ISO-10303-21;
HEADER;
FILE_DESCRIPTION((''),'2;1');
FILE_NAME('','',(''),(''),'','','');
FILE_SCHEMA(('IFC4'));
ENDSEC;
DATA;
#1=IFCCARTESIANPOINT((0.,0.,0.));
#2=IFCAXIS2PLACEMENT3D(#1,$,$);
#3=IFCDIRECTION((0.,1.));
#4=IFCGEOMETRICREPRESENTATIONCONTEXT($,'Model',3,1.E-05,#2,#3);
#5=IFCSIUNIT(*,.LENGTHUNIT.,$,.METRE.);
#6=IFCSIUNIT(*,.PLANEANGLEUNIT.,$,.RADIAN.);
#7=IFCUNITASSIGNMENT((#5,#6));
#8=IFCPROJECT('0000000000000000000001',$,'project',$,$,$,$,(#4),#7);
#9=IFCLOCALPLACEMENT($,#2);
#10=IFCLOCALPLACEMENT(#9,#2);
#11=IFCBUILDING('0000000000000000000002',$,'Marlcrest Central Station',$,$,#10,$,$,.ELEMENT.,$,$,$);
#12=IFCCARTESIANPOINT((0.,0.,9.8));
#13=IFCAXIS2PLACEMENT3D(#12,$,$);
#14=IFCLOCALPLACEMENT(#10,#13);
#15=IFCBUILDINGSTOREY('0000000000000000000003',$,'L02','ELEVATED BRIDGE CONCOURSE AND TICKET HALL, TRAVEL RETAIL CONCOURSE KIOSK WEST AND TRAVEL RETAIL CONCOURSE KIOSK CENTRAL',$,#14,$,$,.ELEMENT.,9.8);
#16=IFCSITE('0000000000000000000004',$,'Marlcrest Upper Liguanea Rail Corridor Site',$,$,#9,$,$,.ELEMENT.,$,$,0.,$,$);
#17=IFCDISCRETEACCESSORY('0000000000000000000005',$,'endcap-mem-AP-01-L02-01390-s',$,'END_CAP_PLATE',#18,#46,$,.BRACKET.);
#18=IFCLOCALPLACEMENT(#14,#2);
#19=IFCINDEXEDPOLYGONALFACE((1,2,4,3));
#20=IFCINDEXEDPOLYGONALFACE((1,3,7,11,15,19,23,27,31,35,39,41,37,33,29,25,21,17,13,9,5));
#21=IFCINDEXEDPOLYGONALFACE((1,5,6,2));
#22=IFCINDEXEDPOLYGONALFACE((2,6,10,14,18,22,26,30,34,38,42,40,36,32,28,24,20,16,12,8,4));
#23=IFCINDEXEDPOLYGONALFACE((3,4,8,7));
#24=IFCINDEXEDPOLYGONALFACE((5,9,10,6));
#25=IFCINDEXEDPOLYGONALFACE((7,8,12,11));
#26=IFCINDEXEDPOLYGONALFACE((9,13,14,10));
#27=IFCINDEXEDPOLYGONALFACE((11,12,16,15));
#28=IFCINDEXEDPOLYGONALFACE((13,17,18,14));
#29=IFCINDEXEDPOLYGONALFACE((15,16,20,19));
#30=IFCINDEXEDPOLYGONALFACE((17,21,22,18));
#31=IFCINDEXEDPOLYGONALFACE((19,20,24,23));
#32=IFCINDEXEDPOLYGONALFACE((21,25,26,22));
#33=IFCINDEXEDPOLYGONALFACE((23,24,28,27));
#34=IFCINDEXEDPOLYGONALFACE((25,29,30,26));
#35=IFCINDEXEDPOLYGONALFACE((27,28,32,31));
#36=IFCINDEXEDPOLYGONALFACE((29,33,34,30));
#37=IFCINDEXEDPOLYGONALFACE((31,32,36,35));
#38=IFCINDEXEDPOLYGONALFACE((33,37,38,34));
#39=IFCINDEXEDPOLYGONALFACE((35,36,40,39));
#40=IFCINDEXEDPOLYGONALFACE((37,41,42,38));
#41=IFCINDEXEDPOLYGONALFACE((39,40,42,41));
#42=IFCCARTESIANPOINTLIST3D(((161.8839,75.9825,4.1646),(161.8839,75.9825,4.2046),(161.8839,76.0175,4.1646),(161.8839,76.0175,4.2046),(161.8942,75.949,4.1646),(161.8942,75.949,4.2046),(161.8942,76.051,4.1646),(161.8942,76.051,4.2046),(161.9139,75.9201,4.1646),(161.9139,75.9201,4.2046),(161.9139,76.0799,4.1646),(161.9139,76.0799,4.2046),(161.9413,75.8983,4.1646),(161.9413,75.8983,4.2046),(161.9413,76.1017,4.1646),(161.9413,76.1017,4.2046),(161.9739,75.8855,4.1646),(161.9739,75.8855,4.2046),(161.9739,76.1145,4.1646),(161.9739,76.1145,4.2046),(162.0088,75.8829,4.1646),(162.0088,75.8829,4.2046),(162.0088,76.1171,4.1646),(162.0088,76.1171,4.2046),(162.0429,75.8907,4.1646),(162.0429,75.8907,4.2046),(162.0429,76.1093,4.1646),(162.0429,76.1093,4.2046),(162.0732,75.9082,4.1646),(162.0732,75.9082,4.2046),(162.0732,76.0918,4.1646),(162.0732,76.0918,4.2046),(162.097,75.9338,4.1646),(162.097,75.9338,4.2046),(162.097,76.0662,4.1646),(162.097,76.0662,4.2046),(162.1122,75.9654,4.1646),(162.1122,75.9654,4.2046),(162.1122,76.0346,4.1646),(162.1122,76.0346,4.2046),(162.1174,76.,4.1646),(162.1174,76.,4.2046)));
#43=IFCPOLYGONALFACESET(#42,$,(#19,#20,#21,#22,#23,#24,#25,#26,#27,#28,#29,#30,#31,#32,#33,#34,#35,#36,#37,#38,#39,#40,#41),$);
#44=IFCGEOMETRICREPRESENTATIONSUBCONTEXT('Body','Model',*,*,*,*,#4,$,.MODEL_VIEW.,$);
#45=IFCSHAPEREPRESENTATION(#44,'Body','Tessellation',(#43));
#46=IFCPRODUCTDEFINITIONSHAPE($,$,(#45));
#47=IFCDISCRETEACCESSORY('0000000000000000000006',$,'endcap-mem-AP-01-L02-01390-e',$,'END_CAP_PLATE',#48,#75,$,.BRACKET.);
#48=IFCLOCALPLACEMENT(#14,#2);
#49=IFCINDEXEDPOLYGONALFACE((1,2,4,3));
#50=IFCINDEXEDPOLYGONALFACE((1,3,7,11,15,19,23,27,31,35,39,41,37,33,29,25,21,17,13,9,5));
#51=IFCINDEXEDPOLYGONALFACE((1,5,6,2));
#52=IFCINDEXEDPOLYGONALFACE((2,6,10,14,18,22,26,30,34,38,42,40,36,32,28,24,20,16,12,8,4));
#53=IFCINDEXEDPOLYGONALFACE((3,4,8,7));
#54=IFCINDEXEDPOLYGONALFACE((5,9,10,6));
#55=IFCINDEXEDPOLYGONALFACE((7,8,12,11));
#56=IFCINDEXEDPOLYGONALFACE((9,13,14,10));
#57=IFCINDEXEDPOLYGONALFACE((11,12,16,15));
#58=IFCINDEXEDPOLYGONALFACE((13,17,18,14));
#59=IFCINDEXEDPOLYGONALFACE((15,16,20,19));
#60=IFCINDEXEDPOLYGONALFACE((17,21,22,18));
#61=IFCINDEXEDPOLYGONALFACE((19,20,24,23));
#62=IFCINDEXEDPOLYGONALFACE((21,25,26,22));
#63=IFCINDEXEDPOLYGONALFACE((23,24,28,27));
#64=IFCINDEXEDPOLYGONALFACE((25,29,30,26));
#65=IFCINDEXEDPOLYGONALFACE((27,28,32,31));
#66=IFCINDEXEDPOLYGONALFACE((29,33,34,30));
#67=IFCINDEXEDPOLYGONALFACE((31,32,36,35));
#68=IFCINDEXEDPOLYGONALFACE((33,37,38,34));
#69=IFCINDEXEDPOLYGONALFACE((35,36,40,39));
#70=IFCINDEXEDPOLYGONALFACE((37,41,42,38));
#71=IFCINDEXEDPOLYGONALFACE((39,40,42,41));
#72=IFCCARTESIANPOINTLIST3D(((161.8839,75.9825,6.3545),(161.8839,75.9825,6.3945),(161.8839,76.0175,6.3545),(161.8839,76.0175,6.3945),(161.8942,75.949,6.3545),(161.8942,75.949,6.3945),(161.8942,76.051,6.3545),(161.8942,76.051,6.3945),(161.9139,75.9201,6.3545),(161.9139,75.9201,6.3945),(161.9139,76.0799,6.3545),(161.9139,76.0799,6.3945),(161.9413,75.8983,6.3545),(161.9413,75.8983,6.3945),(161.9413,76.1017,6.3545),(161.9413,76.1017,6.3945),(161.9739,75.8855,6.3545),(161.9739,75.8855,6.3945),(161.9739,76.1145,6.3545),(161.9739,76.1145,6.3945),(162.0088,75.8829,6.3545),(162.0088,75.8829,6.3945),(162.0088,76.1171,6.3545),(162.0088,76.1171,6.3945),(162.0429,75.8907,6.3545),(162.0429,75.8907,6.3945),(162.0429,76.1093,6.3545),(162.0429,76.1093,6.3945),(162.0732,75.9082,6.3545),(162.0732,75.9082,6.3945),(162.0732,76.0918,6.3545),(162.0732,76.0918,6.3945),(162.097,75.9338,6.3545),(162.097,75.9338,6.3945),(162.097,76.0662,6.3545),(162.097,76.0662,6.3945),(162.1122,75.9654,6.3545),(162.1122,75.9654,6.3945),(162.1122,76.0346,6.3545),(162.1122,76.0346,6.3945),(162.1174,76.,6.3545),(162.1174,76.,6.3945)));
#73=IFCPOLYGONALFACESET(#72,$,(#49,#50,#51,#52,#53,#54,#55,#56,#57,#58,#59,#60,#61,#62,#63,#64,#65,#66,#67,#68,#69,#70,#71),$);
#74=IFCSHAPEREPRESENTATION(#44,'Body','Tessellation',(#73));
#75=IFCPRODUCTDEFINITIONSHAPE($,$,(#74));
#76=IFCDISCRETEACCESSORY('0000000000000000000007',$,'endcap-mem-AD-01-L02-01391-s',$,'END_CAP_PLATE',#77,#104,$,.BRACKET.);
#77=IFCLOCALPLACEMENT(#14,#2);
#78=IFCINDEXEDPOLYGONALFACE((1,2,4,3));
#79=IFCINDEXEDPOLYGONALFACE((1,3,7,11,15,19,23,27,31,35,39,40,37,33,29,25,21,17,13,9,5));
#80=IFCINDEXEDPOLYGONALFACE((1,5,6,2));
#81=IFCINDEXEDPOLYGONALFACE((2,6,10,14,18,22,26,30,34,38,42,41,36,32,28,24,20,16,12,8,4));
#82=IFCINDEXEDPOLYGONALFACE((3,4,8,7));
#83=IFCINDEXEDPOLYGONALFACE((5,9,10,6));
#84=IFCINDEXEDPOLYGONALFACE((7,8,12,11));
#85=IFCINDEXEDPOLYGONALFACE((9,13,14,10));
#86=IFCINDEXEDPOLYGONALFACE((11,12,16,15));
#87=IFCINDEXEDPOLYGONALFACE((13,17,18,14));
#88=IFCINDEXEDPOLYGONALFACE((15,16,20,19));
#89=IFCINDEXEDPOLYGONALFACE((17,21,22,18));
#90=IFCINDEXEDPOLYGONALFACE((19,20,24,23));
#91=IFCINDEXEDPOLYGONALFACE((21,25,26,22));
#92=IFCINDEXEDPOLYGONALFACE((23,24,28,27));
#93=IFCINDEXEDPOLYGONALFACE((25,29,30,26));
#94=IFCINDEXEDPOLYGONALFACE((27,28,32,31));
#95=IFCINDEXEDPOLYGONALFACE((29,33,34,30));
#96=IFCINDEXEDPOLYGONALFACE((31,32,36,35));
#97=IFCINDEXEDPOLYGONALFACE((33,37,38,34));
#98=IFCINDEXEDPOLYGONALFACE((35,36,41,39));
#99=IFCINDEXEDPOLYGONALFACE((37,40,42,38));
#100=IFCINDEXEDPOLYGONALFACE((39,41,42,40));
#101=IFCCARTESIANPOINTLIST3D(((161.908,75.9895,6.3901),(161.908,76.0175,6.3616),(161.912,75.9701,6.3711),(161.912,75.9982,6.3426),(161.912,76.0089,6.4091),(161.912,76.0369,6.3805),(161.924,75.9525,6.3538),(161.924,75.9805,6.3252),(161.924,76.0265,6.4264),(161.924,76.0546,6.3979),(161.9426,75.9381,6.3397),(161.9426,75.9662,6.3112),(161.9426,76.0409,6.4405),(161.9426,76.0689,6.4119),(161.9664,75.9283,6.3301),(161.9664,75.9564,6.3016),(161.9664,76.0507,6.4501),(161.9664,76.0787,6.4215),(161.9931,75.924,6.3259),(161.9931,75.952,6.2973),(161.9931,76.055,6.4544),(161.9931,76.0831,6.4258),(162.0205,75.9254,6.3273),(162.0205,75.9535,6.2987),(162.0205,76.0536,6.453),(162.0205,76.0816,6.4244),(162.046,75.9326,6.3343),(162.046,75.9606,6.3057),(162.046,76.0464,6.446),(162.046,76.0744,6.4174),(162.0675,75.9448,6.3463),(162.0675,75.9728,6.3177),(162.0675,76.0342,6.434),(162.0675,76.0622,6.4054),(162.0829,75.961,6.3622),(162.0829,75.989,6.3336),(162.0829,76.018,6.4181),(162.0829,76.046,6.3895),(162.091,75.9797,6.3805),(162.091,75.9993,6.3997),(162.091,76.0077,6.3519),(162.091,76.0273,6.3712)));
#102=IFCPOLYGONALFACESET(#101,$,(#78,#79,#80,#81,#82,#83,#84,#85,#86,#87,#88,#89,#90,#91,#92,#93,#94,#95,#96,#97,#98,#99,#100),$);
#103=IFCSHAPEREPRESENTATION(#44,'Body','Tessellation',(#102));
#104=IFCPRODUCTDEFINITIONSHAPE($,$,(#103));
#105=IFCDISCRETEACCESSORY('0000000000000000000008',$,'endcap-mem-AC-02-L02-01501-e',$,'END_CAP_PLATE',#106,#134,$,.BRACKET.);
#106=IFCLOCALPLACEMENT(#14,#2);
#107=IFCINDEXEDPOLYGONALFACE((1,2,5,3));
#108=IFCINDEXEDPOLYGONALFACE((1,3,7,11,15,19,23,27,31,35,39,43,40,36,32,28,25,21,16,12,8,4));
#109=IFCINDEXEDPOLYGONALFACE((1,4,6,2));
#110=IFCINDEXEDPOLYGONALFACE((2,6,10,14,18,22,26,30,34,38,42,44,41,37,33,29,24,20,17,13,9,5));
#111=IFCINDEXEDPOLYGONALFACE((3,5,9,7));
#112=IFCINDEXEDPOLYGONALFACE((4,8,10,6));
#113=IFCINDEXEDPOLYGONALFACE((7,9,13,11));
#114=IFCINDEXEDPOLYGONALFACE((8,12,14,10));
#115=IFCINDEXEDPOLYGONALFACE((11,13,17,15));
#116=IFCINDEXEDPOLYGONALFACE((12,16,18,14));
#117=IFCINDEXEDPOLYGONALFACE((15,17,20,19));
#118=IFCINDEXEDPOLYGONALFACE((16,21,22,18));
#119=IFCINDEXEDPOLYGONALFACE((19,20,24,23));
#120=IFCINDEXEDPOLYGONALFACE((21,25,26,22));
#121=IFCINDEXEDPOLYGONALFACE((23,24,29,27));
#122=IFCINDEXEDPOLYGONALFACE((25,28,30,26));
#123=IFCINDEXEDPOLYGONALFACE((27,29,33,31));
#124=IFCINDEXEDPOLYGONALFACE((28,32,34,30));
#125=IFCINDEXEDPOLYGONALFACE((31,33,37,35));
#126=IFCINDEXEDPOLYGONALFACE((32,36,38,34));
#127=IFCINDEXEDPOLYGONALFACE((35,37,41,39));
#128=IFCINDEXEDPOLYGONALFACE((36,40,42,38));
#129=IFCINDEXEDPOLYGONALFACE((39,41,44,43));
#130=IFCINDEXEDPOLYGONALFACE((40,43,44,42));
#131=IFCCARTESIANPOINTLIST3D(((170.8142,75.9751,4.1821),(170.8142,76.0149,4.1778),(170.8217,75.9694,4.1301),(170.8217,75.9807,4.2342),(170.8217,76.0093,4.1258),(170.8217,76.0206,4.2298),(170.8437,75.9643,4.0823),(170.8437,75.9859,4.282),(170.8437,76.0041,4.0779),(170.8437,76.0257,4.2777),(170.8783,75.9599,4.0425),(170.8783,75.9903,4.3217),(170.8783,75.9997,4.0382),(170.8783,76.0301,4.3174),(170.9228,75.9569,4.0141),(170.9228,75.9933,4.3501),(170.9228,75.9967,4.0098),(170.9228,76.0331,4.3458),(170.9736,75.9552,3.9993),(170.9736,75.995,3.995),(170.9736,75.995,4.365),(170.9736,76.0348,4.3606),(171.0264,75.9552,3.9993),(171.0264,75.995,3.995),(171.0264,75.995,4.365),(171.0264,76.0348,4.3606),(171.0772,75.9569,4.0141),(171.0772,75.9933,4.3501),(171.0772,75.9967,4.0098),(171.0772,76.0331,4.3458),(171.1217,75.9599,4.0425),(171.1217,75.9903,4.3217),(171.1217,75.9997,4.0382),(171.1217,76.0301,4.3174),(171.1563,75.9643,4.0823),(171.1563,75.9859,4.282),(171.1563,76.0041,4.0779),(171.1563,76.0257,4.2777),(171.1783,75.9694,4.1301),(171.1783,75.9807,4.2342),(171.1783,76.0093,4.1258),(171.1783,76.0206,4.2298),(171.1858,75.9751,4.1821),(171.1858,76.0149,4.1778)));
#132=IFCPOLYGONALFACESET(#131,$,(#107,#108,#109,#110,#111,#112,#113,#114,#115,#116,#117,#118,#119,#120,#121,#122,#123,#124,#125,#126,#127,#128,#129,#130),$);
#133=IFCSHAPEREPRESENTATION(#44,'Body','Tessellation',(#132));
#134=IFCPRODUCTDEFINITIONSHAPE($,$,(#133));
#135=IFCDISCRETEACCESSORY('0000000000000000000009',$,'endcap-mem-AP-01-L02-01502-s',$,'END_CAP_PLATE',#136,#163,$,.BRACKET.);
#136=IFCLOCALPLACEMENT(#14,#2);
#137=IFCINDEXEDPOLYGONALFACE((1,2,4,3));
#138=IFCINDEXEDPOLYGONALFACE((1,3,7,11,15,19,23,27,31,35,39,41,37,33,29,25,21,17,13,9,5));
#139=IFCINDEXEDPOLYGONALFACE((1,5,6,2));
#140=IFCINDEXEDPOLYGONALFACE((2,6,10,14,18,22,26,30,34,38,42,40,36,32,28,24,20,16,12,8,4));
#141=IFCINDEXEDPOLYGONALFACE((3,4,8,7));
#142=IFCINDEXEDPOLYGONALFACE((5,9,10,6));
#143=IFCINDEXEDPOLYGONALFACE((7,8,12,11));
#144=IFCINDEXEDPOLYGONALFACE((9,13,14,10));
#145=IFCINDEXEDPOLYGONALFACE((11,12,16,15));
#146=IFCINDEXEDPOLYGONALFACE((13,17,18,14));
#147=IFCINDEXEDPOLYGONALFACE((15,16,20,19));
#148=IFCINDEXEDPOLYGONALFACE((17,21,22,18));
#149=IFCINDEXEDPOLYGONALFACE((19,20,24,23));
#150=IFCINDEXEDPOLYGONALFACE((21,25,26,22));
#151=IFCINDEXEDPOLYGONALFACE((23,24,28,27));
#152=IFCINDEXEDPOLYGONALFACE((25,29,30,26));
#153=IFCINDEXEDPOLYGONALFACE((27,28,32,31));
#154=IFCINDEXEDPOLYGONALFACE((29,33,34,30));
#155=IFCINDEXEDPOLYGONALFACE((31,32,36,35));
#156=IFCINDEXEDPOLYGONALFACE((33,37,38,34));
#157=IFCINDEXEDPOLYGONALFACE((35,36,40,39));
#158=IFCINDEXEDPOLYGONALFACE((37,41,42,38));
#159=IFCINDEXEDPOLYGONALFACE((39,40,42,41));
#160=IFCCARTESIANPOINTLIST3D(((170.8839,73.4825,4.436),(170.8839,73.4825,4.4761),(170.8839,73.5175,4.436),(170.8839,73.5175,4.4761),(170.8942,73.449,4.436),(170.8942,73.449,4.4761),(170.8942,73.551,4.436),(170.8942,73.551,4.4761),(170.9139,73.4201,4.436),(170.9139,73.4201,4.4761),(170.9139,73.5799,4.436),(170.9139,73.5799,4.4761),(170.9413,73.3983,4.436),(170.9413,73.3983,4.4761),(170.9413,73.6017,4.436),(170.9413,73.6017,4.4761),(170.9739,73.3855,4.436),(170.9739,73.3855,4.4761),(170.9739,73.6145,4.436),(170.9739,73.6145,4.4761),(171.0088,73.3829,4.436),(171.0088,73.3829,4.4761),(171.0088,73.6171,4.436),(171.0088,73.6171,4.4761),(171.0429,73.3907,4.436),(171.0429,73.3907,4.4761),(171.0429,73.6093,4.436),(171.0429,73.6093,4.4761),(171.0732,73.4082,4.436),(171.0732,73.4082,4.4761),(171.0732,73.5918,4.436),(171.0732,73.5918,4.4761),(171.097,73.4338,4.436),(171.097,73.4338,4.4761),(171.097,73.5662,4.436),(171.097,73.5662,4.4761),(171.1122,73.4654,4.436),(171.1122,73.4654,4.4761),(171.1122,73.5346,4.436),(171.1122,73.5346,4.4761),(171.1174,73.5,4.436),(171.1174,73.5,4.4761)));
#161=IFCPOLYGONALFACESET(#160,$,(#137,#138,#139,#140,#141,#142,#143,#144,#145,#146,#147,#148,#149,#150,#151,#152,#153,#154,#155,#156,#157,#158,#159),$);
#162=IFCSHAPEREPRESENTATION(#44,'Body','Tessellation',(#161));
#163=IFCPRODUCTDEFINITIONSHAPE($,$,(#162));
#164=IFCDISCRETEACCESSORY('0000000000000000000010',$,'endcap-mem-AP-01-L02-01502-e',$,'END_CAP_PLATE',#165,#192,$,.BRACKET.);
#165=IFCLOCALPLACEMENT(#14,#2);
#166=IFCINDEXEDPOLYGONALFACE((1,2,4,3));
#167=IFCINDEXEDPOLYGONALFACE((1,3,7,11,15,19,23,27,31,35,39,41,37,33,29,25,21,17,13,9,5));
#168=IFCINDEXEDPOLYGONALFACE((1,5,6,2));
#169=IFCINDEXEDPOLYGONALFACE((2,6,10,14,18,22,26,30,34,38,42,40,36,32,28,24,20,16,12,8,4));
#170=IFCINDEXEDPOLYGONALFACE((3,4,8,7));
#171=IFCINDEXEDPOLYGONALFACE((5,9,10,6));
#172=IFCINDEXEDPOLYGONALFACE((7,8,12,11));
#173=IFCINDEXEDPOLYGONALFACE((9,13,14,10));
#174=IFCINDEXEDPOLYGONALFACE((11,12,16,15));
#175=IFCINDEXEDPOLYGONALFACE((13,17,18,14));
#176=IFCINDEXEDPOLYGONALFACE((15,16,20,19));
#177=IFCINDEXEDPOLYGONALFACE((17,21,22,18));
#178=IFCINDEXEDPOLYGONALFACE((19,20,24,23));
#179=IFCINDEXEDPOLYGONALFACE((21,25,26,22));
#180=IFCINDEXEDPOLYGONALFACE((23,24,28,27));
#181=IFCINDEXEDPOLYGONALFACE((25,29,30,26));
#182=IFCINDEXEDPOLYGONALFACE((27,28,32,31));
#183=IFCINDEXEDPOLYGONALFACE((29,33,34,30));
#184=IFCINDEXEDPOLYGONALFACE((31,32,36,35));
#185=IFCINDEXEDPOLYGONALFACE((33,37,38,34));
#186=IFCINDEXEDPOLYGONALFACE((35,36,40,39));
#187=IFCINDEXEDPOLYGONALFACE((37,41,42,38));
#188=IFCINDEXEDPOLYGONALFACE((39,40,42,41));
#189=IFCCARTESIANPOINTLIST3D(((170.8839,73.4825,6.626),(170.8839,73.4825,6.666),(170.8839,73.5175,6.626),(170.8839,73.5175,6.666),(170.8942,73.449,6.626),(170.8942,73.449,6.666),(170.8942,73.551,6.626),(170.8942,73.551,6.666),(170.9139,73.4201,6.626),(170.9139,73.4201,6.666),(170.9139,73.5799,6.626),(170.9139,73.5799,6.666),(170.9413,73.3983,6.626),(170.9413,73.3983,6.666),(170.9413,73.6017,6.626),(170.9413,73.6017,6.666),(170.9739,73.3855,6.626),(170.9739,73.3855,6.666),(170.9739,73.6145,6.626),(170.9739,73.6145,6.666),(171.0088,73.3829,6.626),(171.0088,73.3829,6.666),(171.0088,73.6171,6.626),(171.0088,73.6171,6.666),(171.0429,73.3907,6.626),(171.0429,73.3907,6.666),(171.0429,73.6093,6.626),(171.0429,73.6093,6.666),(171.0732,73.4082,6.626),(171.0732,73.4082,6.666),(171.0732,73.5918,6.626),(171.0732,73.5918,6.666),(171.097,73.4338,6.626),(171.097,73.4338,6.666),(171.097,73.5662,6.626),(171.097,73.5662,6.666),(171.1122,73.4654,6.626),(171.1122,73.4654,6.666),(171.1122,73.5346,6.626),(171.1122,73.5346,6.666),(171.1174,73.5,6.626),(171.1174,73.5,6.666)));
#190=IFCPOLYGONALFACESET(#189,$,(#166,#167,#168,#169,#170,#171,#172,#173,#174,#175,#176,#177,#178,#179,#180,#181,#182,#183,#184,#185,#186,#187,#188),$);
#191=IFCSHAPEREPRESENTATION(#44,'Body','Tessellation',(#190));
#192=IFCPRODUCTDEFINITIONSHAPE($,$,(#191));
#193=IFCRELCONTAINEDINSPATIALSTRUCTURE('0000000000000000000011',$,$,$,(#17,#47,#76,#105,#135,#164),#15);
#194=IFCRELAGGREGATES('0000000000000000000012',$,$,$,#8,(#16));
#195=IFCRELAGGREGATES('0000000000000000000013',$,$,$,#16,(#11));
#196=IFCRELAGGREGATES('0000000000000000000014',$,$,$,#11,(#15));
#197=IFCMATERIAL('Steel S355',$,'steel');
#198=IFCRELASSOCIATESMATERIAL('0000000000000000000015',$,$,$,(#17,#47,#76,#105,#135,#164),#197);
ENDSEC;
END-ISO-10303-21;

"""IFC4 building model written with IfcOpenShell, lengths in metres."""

from ifc_helpers import new_model, si_unit, direction, frame, origin, origin_2d, place, context, subcontext, project, spatial, circle, extrude, material, element, save


model = new_model("IFC4")

# Units and contexts
model_context = context("Model", 3, precision=1e-05, world=origin(), true_north=direction((0.0, 1.0)))
body_context = subcontext(model_context, "Body", "Model", "MODEL_VIEW")
ifc_project = project(units=[si_unit("LENGTHUNIT", "METRE"), si_unit("PLANEANGLEUNIT", "RADIAN")], contexts=[model_context])

# Site, building, storey
site_placement = place(None, origin())
site = spatial("IfcSite", under=ifc_project, at=site_placement, Name="Marlcrest Upper Liguanea Rail Corridor Site", CompositionType="ELEMENT", RefElevation=0.0)
building_placement = place(site_placement, origin())
building = spatial("IfcBuilding", under=site, at=building_placement, Name="Marlcrest Central Station", CompositionType="ELEMENT")
storey_placement = place(building_placement, frame((0.0, 0.0, 9.8)))
storey = spatial("IfcBuildingStorey", under=building, at=storey_placement, Name="L02", Description="ELEVATED BRIDGE CONCOURSE AND TICKET HALL, TRAVEL RETAIL CONCOURSE KIOSK WEST AND TRAVEL RETAIL CONCOURSE KIOSK CENTRAL", CompositionType="ELEMENT", Elevation=9.8)

# Shared definitions
ifc_material = material(Name="Steel S355", Category="steel")

# Discrete accessories
for number, where, z_axis, x_axis, name in (
    (1, (162.0, 76.0, 4.1646), (0.0, 0.0, 1.0), (1.0, 0.0, 0.0), "endcap-mem-AP-01-L02-01390-s"),
    (2, (162.0, 76.0, 6.3545), (0.0, 0.0, 1.0), (1.0, 0.0, 0.0), "endcap-mem-AP-01-L02-01390-e"),
):
    element("IfcDiscreteAccessory", number, at=place(storey_placement, frame(where, z_axis=z_axis, x_axis=x_axis)), inside=storey, material=ifc_material, Name=name, ObjectType="END_CAP_PLATE", PredefinedType="BRACKET", context=body_context, shape_type="SweptSolid", body=[
        extrude(circle(Radius=0.1174, at=origin_2d()), origin(), (0.0, 0.0, 1.0), 0.04),
    ])
discrete_accessory_1_placement = place(storey_placement, frame((162.0, 75.9895, 6.3901), z_axis=(0.0, 0.700235, -0.713912), x_axis=(-1.0, 0.0, 0.0)))
element("IfcDiscreteAccessory", 3, at=discrete_accessory_1_placement, inside=storey, material=ifc_material, Name="endcap-mem-AD-01-L02-01391-s", ObjectType="END_CAP_PLATE", PredefinedType="BRACKET", context=body_context, shape_type="SweptSolid", body=[
    extrude(circle(Radius=0.092, at=origin_2d()), origin(), (0.0, 0.0, 1.0), 0.04),
])
discrete_accessory_2_placement = place(storey_placement, frame((171.0, 75.9751, 4.1821), z_axis=(0.0, 0.994155, -0.107959), x_axis=(-1.0, 0.0, 0.0)))
element("IfcDiscreteAccessory", 4, at=discrete_accessory_2_placement, inside=storey, material=ifc_material, Name="endcap-mem-AC-02-L02-01501-e", ObjectType="END_CAP_PLATE", PredefinedType="BRACKET", context=body_context, shape_type="SweptSolid", body=[
    extrude(circle(Radius=0.1858, at=origin_2d()), origin(), (0.0, 0.0, 1.0), 0.04),
])
for number, where, z_axis, x_axis, name in (
    (5, (171.0, 73.5, 4.436), (0.0, 0.0, 1.0), (1.0, 0.0, 0.0), "endcap-mem-AP-01-L02-01502-s"),
    (6, (171.0, 73.5, 6.626), (0.0, 0.0, 1.0), (1.0, 0.0, 0.0), "endcap-mem-AP-01-L02-01502-e"),
):
    element("IfcDiscreteAccessory", number, at=place(storey_placement, frame(where, z_axis=z_axis, x_axis=x_axis)), inside=storey, material=ifc_material, Name=name, ObjectType="END_CAP_PLATE", PredefinedType="BRACKET", context=body_context, shape_type="SweptSolid", body=[
        extrude(circle(Radius=0.1174, at=origin_2d()), origin(), (0.0, 0.0, 1.0), 0.04),
    ])

save(model, "model.ifc")
